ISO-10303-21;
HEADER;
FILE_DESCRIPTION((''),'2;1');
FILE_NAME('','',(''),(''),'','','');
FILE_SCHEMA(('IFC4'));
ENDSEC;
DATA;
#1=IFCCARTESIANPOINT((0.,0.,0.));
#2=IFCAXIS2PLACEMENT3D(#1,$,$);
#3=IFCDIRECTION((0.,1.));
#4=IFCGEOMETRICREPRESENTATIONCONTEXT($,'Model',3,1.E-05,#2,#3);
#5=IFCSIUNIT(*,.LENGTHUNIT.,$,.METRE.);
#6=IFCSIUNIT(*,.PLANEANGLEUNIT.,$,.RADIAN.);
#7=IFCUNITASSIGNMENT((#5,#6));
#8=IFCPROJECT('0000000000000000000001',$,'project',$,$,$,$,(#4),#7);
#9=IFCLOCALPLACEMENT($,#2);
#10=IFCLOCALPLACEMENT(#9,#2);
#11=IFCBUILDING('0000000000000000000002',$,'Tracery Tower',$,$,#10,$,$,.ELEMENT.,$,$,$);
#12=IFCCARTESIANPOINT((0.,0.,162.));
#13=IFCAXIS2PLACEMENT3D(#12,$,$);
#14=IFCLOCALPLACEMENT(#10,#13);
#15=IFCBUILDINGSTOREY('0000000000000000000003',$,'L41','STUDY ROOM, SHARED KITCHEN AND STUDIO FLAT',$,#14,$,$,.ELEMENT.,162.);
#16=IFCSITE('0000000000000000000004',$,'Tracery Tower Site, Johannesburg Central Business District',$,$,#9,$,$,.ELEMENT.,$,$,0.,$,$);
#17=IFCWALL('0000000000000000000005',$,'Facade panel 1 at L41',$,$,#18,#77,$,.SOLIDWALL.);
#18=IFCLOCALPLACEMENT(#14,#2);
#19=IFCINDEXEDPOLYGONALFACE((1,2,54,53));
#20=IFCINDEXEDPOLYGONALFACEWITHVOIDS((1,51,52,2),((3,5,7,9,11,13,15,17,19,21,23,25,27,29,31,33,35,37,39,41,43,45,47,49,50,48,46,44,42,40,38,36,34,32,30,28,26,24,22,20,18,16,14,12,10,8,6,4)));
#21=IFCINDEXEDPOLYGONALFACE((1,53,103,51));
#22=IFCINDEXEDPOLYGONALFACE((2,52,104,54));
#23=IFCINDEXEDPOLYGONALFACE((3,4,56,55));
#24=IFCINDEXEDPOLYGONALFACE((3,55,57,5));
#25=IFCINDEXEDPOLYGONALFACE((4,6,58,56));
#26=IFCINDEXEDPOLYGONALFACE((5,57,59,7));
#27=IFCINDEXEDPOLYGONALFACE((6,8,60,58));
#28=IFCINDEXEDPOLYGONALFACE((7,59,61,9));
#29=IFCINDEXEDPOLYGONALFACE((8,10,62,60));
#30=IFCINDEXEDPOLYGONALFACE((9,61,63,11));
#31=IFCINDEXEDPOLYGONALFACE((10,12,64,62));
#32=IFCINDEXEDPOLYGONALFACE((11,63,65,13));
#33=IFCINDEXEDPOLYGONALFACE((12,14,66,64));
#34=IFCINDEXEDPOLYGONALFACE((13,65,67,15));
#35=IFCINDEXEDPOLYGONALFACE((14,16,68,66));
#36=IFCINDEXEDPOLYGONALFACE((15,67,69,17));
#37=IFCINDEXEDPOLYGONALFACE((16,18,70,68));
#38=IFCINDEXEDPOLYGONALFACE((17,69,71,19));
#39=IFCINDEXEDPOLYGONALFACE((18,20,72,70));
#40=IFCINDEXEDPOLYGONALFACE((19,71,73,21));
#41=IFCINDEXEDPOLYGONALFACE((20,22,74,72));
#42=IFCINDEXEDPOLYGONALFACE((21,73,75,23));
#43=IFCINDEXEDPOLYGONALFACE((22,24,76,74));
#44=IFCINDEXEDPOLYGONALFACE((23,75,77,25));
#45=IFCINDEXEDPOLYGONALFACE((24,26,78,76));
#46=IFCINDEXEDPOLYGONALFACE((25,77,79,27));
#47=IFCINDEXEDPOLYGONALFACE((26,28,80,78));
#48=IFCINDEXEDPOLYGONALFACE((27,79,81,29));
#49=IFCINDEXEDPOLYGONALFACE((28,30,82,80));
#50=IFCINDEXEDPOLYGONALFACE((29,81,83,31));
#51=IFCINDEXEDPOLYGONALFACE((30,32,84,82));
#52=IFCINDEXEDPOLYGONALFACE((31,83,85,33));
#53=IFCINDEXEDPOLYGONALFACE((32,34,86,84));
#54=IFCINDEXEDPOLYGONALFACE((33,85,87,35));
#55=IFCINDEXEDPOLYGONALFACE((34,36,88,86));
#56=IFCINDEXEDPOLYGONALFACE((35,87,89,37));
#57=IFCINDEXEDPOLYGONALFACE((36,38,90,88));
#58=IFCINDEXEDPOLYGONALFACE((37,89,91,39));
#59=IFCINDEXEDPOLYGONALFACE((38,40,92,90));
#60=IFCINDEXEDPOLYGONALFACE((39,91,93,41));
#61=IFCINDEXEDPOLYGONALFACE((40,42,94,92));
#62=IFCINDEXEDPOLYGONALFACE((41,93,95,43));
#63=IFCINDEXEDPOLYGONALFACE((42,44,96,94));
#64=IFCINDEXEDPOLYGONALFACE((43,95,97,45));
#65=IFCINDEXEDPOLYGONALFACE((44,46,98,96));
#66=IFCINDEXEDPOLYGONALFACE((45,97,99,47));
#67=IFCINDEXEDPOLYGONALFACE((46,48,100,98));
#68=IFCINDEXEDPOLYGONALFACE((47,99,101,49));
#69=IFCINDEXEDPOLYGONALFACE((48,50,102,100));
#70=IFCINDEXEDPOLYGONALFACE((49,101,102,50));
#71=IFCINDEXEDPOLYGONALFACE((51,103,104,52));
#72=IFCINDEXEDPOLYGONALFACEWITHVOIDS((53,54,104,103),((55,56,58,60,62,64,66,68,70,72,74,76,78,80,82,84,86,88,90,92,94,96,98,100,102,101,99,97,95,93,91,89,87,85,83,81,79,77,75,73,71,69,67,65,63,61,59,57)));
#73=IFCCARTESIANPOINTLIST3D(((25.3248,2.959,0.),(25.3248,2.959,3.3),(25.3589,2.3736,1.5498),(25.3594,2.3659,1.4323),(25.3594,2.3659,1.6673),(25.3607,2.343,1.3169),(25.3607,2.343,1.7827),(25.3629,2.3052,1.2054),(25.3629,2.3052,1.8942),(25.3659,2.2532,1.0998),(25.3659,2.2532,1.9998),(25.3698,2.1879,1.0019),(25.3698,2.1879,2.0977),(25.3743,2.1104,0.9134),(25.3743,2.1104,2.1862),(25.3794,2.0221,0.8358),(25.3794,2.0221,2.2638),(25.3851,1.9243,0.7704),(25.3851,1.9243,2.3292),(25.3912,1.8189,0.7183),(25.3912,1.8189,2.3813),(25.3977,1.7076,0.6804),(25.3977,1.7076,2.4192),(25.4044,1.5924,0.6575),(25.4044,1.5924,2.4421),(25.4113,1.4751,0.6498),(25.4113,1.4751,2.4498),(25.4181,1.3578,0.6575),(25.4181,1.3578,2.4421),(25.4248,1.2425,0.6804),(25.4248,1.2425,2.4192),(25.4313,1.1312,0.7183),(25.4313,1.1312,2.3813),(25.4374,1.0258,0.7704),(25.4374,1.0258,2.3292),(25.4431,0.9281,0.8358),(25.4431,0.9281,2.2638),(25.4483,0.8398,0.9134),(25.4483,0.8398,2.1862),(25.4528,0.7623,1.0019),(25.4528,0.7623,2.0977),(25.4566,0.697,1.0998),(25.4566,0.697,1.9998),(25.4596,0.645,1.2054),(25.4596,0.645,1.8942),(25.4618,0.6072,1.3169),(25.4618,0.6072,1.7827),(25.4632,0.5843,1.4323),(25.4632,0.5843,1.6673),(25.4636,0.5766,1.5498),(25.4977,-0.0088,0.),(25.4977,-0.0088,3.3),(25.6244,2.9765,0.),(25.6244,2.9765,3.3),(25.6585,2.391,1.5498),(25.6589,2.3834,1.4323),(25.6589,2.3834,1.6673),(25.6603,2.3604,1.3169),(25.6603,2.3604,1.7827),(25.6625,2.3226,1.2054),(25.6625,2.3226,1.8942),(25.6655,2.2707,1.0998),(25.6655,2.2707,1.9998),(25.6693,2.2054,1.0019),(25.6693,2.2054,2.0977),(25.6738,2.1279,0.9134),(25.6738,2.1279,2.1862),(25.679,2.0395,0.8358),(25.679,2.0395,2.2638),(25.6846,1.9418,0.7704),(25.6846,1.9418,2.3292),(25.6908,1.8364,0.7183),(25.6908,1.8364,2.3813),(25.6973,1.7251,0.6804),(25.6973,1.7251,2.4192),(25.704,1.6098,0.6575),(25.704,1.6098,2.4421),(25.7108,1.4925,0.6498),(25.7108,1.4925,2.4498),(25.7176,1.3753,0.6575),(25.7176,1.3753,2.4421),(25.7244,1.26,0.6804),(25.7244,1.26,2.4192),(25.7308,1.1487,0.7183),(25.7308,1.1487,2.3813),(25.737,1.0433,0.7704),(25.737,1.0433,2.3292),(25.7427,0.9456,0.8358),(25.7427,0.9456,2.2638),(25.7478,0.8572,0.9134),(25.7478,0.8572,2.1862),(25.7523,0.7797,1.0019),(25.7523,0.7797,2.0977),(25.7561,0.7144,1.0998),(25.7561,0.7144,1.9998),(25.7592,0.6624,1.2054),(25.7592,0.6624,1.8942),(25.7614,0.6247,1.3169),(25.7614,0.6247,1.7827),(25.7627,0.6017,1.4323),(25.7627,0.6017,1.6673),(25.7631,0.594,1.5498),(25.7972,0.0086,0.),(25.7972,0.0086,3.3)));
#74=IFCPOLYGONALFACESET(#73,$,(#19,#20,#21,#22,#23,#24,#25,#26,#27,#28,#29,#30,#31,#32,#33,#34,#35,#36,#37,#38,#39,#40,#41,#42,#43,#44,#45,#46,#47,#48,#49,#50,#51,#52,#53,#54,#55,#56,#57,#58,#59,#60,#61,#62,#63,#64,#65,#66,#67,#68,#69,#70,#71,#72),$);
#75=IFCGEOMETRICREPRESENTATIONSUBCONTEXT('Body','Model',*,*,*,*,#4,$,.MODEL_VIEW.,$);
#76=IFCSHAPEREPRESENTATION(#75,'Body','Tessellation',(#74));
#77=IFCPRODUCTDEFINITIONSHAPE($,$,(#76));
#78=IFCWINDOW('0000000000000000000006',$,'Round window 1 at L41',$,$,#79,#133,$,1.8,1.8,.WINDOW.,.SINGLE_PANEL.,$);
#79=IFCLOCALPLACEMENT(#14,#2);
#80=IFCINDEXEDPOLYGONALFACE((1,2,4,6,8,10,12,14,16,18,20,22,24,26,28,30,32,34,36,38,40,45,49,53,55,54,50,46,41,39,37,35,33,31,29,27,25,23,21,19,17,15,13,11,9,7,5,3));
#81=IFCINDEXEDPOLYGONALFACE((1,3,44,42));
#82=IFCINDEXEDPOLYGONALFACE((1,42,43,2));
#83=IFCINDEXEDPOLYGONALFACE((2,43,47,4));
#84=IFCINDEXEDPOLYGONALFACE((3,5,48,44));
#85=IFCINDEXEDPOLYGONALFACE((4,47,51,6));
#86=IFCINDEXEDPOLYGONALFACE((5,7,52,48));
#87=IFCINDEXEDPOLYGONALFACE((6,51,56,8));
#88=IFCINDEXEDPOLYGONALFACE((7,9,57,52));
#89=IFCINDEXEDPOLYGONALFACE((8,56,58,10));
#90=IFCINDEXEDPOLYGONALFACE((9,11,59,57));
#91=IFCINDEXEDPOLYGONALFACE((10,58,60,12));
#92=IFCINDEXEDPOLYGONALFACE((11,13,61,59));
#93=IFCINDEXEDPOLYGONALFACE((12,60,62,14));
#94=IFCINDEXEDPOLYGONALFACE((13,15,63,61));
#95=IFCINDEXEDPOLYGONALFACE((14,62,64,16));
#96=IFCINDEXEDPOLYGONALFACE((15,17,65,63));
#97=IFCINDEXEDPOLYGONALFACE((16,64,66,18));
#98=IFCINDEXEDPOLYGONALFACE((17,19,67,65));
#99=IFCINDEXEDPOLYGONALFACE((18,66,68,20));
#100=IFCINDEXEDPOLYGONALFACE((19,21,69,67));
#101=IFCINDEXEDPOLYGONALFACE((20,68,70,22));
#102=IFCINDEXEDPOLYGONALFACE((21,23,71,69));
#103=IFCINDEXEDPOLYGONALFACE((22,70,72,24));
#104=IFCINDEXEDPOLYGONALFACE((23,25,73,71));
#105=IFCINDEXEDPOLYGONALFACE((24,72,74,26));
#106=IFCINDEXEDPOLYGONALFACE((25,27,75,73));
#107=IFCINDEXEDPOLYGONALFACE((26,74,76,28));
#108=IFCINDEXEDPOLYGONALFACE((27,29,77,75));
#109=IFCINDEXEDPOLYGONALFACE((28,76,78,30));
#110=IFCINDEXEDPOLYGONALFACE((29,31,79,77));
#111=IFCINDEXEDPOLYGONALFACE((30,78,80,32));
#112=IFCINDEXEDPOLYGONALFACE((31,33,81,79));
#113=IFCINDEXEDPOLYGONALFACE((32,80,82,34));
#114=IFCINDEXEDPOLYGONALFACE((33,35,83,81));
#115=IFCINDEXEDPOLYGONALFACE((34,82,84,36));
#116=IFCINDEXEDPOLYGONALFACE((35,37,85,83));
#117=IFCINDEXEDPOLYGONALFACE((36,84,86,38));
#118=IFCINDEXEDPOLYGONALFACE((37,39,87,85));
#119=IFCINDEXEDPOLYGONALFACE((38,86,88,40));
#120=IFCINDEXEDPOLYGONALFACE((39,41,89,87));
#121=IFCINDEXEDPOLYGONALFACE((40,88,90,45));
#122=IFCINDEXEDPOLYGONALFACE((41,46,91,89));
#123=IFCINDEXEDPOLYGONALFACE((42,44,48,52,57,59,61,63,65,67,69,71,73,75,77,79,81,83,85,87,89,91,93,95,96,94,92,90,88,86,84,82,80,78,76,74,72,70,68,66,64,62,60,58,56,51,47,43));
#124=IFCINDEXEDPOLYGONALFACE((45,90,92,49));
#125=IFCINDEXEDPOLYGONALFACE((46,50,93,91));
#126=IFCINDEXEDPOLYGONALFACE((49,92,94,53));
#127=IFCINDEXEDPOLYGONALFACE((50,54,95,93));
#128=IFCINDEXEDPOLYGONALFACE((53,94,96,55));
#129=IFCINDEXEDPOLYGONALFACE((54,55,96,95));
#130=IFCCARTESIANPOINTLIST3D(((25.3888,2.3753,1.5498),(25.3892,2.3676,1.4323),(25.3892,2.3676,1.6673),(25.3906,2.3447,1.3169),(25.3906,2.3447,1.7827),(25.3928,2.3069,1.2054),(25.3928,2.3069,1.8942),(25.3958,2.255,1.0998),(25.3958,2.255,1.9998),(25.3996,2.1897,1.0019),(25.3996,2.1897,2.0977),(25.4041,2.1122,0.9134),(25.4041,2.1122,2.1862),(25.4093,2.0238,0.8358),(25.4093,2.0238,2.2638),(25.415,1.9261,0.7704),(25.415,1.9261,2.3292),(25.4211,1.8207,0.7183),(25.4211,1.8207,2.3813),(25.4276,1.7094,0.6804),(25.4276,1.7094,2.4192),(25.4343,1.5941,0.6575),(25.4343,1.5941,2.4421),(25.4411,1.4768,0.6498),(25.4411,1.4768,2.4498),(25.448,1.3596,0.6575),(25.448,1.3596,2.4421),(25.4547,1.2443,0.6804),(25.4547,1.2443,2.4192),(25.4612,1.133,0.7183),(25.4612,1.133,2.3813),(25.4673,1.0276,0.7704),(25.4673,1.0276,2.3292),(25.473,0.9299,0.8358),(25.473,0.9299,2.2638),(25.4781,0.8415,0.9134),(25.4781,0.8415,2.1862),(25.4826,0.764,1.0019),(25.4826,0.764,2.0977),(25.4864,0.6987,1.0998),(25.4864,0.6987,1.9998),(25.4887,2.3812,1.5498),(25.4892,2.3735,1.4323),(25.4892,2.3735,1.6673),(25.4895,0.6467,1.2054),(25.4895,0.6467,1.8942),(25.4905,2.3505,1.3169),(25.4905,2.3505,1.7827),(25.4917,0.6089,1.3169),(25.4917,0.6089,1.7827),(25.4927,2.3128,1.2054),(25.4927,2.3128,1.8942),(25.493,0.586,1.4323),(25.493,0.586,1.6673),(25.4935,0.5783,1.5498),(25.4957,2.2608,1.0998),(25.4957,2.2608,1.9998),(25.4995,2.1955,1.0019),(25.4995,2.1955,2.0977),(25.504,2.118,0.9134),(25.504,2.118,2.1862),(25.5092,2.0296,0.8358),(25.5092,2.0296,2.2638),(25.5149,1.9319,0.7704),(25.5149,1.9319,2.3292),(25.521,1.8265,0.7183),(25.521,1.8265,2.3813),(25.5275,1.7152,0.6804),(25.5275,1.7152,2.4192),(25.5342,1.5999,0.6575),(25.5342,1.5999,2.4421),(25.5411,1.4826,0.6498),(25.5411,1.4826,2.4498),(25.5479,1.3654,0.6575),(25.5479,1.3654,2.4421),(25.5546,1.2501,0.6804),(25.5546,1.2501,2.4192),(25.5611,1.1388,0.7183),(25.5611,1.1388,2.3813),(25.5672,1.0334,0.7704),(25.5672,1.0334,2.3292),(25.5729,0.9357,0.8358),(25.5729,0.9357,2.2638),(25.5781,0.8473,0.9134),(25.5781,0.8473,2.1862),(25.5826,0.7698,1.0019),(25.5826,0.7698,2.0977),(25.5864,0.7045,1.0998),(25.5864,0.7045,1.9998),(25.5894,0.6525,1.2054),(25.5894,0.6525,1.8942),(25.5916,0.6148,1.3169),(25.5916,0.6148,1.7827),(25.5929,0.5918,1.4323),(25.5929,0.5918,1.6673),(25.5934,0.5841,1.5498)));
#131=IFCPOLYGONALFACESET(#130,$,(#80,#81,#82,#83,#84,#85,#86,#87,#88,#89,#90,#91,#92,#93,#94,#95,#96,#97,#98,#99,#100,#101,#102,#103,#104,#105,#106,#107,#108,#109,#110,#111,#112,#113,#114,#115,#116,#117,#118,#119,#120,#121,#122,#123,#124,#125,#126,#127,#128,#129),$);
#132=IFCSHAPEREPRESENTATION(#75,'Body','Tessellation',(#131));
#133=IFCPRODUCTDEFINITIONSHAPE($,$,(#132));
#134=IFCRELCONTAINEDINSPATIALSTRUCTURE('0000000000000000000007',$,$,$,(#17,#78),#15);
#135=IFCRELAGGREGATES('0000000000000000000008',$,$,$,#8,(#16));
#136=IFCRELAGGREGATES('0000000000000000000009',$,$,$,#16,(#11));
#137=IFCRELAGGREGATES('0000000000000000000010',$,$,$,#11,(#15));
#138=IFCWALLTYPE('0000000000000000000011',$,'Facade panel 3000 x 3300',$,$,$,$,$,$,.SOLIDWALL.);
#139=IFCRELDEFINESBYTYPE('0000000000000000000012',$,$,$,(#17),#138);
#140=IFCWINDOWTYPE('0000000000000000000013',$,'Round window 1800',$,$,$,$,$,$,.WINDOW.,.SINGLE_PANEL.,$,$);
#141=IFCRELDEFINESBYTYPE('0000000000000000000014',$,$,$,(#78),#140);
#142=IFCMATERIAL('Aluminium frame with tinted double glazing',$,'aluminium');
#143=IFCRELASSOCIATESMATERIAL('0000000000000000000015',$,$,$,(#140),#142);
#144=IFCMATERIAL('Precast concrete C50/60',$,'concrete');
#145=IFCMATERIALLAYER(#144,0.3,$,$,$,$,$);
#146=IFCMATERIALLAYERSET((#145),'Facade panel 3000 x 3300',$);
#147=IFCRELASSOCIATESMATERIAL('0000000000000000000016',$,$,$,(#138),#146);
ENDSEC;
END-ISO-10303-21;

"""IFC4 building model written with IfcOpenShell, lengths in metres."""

from ifc_helpers import new_model, si_unit, direction, frame, frame_2d, origin, origin_2d, place, context, subcontext, project, spatial, rectangle, circle, extrude, material, layer, layer_set, type_object, element, fill, save


model = new_model("IFC4")

# Units and contexts
model_context = context("Model", 3, precision=1e-05, world=origin(), true_north=direction((0.0, 1.0)))
body_context = subcontext(model_context, "Body", "Model", "MODEL_VIEW")
ifc_project = project(units=[si_unit("LENGTHUNIT", "METRE"), si_unit("PLANEANGLEUNIT", "RADIAN")], contexts=[model_context])

# Site, building, storey
site_placement = place(None, origin())
site = spatial("IfcSite", under=ifc_project, at=site_placement, Name="Tracery Tower Site, Johannesburg Central Business District", CompositionType="ELEMENT", RefElevation=0.0)
building_placement = place(site_placement, origin())
building = spatial("IfcBuilding", under=site, at=building_placement, Name="Tracery Tower", CompositionType="ELEMENT")
storey_placement = place(building_placement, frame((0.0, 0.0, 162.0)))
storey = spatial("IfcBuildingStorey", under=building, at=storey_placement, Name="L41", Description="STUDY ROOM, SHARED KITCHEN AND STUDIO FLAT", CompositionType="ELEMENT", Elevation=162.0)

# Wall, opening, window
ifc_material_1 = material(Name="Aluminium frame with tinted double glazing", Category="aluminium")
window_type = type_object("IfcWindowType", Name="Round window 1800", PartitioningType="SINGLE_PANEL", PredefinedType="WINDOW", material=ifc_material_1)
ifc_material_2 = material(Name="Precast concrete C50/60", Category="concrete")
ifc_layer_1 = layer(ifc_material_2, 0.3)
ifc_layer_set_1 = layer_set([ifc_layer_1], Name="Facade panel 3000 x 3300")
wall_type_1 = type_object("IfcWallType", Name="Facade panel 3000 x 3300", PredefinedType="SOLIDWALL", material=ifc_layer_set_1)
wall_1_placement = place(storey_placement, frame((25.6475, 0.0, 0.0), z_axis=(0.0, 0.0, 1.0), x_axis=(-0.058144, 0.998308, 0.0)))
wall_1 = element("IfcWall", 1, at=wall_1_placement, inside=storey, type_object=wall_type_1, Name="Facade panel 1 at L41", PredefinedType="SOLIDWALL", context=body_context, shape_type="SweptSolid", body=[
    extrude(rectangle(XDim=2.9729, YDim=0.3, at=frame_2d((1.4863, 0.0))), origin(), (0.0, 0.0, 1.0), 3.3),
])
opening_1_placement = place(wall_1_placement, frame((1.4863, 0.0, 1.5498)))
opening_1 = element("IfcOpeningElement", 2, at=opening_1_placement, cuts=wall_1, PredefinedType="OPENING", context=body_context, shape_type="SweptSolid", body=[
    extrude(circle(Radius=0.9, at=origin_2d()), frame((0.0, 0.1599, 0.0), z_axis=(0.0, -1.0, 0.0), x_axis=(1.0, 0.0, 0.0)), (0.0, 0.0, 1.0), 0.3201),
])
window_1_placement = place(opening_1_placement, origin())
window_1 = element("IfcWindow", 3, at=window_1_placement, inside=storey, type_object=window_type, Name="Round window 1 at L41", OverallHeight=1.8, OverallWidth=1.8, PartitioningType="SINGLE_PANEL", PredefinedType="WINDOW", context=body_context, shape_type="SweptSolid", body=[
    extrude(circle(Radius=0.9, at=origin_2d()), frame((0.0, 0.1201, 0.0), z_axis=(0.0, -1.0, 0.0), x_axis=(1.0, 0.0, 0.0)), (0.0, 0.0, 1.0), 0.1001),
])
fill(opening_1, window_1)

save(model, "model.ifc")
